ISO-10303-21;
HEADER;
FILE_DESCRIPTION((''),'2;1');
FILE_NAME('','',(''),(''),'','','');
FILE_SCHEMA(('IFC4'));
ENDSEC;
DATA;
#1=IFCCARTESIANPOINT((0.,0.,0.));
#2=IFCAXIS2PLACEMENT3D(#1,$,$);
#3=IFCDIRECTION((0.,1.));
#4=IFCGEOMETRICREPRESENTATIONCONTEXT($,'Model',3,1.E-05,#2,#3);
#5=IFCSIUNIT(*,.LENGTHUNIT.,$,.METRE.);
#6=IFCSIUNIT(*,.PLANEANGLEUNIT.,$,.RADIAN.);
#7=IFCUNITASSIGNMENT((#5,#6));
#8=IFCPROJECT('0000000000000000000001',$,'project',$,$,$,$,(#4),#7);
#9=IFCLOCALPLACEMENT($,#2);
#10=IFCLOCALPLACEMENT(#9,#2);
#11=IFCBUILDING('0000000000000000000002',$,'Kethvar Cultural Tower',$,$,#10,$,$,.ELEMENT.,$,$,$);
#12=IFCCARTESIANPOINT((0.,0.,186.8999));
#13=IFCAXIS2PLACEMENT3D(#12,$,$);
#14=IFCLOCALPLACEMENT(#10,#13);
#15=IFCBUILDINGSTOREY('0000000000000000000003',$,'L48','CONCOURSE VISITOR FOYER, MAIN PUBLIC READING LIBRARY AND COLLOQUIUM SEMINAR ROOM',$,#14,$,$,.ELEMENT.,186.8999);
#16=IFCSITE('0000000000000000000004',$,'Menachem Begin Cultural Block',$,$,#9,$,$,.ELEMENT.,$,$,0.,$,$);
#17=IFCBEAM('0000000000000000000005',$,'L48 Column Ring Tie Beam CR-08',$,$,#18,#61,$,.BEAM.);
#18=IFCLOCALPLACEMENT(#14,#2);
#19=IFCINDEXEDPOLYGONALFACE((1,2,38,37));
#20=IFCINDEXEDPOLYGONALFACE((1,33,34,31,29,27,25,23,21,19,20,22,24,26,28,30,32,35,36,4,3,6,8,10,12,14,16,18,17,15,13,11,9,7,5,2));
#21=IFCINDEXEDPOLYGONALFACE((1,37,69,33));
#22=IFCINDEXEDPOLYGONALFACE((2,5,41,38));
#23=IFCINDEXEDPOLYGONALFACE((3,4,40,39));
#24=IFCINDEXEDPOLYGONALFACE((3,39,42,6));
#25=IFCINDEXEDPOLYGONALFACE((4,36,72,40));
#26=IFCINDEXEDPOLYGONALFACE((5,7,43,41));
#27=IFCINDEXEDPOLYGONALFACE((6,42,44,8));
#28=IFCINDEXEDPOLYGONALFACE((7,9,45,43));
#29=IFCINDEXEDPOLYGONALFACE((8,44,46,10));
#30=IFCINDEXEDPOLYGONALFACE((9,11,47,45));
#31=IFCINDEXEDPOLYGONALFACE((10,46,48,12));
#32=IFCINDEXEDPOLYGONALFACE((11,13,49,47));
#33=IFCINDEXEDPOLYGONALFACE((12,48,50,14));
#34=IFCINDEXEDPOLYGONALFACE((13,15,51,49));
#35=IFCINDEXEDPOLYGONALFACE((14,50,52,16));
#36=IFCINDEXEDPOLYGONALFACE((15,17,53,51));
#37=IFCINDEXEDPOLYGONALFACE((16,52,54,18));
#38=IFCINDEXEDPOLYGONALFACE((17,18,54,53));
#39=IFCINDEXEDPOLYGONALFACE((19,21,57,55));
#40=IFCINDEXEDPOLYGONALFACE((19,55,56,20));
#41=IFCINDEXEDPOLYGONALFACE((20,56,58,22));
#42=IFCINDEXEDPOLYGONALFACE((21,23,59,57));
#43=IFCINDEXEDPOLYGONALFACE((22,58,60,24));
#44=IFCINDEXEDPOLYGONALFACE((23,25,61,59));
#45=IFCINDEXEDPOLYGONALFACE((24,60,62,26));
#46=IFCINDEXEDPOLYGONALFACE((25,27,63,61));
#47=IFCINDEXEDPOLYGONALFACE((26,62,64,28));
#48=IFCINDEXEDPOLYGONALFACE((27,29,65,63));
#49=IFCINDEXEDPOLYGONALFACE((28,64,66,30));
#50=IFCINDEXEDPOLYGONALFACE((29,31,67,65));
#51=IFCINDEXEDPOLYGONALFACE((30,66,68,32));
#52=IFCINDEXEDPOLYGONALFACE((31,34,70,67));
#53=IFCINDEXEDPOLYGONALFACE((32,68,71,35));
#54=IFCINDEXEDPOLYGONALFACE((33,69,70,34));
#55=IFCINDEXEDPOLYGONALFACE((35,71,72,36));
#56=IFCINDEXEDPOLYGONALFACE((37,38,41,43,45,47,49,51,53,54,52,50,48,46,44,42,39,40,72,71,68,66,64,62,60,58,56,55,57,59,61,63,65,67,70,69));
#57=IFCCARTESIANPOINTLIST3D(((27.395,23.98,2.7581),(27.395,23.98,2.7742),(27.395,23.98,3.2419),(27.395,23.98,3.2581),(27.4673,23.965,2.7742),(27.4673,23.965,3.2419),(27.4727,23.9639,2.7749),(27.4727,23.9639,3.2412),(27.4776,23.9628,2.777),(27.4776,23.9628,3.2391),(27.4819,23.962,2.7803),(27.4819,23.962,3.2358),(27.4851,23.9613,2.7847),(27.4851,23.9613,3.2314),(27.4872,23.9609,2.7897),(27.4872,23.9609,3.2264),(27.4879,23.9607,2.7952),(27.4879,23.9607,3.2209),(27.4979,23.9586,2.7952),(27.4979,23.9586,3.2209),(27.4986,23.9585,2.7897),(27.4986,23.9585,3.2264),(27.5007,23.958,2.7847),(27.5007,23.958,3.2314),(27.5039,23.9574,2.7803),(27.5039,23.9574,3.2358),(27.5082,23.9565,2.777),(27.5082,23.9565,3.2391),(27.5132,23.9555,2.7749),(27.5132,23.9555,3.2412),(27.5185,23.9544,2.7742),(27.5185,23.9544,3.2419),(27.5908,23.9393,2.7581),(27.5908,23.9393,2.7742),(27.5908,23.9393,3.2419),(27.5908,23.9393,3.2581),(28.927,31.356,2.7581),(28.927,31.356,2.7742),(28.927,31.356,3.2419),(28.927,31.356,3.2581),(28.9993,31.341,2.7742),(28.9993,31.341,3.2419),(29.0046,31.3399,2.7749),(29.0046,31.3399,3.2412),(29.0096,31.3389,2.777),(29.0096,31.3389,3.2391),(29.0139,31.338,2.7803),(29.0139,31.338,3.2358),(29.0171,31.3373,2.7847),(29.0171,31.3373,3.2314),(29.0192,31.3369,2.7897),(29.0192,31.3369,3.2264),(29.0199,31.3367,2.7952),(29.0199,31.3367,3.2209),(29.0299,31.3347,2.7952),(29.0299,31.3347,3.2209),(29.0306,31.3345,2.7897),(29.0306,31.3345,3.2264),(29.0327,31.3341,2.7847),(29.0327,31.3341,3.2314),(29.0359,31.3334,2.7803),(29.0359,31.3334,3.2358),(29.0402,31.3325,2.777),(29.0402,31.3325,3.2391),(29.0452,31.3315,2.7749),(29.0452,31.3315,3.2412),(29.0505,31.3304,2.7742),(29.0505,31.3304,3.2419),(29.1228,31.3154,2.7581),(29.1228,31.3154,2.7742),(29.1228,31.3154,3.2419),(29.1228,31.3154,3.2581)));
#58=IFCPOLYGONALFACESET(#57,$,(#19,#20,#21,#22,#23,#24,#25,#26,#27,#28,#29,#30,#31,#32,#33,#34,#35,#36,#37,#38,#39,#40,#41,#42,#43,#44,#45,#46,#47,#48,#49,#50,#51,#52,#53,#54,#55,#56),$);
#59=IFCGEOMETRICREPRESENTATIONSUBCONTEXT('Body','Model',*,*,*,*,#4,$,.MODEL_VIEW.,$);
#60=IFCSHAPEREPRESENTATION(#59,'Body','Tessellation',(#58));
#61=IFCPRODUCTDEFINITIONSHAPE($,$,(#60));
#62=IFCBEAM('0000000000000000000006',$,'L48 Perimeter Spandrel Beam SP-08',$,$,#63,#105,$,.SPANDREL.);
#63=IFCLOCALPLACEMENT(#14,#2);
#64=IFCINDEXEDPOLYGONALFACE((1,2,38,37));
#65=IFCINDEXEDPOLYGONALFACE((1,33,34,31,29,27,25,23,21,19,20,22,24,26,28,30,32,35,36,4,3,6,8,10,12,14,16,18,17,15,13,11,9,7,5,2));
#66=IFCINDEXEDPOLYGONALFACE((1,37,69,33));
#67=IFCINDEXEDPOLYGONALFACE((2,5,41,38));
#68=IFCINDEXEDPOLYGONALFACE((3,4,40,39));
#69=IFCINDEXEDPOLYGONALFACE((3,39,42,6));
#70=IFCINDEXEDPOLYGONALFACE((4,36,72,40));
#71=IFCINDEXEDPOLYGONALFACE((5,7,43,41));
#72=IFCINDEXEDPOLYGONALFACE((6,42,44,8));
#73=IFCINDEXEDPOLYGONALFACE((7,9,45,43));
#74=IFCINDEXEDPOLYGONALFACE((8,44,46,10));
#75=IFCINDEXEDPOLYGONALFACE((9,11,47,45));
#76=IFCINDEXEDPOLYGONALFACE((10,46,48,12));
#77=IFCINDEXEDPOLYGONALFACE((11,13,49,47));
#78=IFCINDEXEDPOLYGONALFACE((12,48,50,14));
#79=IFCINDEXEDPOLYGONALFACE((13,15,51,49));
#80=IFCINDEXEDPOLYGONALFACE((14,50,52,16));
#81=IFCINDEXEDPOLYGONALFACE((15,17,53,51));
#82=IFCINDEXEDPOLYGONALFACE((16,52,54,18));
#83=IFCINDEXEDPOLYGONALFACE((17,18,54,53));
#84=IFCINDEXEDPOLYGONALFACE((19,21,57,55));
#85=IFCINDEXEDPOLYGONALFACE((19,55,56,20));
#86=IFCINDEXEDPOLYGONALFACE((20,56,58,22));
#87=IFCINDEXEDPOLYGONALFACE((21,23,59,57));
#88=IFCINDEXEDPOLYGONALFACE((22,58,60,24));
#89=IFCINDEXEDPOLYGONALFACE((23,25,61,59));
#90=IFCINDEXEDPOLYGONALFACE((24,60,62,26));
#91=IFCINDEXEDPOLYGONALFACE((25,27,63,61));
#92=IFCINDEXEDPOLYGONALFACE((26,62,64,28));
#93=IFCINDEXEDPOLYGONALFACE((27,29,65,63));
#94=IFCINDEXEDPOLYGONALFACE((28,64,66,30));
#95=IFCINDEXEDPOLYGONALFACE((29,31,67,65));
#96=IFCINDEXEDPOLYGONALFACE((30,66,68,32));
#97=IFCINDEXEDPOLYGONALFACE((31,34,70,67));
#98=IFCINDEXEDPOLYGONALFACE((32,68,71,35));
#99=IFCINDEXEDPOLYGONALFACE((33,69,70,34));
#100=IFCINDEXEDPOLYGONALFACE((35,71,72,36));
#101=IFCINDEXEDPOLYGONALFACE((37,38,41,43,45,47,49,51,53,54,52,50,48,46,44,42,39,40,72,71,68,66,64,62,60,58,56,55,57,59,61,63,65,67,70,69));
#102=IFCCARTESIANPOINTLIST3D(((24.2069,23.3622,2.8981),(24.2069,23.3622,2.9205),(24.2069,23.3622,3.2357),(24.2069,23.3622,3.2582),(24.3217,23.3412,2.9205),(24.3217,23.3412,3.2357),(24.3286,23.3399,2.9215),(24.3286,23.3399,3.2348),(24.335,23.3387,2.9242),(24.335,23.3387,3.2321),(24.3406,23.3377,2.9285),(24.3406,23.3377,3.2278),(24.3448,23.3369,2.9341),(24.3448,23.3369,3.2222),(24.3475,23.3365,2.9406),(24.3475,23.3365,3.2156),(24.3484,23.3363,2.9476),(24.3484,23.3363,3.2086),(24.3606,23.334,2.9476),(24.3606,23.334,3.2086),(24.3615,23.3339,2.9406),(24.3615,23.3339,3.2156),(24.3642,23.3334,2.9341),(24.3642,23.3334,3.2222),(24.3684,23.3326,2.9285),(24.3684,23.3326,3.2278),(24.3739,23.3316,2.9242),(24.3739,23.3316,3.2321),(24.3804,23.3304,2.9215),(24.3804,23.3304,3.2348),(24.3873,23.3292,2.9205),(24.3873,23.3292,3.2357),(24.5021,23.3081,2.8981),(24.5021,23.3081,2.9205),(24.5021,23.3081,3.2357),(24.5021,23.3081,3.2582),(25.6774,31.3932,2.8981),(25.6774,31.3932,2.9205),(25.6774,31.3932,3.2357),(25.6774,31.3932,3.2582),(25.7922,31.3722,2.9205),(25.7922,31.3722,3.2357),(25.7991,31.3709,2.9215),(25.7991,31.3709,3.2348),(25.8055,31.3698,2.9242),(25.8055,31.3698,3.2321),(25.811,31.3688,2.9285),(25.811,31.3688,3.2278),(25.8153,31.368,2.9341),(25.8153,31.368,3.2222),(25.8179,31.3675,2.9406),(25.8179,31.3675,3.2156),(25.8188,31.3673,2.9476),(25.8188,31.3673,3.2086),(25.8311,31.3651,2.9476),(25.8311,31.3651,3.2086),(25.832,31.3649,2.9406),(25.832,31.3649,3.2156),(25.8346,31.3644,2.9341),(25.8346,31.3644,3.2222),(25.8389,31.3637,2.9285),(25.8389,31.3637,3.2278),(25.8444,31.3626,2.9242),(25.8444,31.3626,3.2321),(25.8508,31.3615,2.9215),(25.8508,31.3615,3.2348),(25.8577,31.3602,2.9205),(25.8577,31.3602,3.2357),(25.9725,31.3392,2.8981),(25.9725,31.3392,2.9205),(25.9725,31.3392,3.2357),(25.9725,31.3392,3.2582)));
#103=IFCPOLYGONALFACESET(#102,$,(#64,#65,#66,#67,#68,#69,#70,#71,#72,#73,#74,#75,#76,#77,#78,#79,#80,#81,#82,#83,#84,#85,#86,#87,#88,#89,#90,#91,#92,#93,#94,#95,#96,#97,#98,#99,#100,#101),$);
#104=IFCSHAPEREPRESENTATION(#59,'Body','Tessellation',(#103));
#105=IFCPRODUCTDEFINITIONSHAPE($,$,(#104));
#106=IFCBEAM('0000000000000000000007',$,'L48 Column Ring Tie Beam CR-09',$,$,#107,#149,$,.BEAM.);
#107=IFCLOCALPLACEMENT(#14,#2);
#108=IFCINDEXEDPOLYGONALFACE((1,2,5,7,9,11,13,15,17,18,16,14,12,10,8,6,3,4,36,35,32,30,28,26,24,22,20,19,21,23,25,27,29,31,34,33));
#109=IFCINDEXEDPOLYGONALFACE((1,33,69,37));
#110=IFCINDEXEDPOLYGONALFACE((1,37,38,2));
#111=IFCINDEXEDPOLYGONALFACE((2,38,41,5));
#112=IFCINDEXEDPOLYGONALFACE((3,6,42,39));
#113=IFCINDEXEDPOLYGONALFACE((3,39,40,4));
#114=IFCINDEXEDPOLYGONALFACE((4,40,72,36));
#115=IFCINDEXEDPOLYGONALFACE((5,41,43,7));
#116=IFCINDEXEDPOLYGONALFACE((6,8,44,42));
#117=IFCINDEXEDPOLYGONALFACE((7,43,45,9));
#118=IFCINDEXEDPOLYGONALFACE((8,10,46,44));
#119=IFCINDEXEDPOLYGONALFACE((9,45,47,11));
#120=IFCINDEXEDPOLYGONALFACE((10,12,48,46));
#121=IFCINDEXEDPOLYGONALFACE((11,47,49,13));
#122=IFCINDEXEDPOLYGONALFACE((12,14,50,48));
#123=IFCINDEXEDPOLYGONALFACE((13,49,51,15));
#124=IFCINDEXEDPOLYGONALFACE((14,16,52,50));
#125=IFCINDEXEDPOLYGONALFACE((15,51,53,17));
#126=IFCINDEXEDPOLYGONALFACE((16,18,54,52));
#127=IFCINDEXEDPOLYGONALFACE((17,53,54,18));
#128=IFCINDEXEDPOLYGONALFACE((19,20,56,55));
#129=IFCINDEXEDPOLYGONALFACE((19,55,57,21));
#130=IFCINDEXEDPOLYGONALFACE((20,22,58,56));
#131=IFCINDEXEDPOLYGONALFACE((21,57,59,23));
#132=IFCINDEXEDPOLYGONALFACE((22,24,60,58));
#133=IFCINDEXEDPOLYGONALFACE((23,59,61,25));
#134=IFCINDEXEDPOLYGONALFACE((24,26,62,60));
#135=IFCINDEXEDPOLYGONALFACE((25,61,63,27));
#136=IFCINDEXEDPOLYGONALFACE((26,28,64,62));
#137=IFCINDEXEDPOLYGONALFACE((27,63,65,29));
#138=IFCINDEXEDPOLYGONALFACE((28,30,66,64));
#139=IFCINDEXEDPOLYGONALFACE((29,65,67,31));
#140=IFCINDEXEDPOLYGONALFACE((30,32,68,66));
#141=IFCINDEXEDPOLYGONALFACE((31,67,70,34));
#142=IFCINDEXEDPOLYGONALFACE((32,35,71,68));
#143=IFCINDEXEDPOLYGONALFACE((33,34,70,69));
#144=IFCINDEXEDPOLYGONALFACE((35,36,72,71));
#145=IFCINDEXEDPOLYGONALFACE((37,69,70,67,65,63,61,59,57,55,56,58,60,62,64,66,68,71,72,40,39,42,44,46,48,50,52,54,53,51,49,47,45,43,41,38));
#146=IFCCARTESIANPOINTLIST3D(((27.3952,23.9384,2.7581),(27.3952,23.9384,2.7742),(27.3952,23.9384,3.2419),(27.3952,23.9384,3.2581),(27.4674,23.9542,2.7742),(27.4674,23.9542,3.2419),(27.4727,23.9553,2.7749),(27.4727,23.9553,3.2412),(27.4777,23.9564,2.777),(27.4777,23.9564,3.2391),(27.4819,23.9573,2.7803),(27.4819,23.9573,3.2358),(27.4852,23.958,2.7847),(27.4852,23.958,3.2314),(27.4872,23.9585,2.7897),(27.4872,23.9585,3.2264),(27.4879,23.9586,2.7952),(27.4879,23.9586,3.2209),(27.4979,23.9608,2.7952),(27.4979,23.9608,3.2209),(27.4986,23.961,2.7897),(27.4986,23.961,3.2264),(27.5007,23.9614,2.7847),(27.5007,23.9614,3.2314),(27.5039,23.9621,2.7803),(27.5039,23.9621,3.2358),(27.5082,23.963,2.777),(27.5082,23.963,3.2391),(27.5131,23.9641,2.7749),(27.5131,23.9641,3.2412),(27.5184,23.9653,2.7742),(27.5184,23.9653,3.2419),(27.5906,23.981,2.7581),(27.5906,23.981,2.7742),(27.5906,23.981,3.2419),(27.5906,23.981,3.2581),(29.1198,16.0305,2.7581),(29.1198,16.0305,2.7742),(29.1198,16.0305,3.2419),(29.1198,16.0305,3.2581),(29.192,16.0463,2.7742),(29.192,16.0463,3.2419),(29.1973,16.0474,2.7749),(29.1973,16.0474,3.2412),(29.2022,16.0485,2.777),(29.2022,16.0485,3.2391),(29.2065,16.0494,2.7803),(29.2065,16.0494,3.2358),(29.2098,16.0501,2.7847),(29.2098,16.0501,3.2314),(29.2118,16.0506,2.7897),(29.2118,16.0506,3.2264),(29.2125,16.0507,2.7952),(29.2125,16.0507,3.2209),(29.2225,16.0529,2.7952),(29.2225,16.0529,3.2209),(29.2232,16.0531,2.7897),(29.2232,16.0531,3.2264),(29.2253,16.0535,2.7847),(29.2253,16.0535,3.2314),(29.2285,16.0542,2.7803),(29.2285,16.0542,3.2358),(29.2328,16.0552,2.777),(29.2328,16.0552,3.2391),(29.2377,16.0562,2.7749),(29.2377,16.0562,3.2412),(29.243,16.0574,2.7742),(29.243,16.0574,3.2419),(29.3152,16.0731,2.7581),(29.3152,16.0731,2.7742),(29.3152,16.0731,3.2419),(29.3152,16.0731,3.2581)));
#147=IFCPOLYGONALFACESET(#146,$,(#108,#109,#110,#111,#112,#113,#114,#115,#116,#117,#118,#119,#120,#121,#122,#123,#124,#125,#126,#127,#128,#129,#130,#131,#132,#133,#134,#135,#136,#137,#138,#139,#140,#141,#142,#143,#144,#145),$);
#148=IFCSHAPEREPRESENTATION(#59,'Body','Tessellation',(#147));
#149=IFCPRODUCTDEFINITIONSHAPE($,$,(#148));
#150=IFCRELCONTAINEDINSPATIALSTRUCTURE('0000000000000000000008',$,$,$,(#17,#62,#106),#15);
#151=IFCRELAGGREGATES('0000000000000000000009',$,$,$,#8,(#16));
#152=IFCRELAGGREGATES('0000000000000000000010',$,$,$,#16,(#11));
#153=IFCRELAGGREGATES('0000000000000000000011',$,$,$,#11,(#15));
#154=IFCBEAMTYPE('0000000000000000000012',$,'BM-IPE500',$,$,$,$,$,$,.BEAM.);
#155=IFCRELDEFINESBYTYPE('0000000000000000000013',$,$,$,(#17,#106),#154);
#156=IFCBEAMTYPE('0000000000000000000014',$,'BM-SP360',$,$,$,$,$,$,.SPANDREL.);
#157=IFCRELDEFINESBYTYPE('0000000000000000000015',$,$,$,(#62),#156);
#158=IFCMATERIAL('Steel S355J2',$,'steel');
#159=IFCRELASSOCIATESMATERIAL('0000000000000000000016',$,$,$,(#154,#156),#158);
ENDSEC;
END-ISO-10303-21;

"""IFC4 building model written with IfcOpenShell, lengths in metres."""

from ifc_helpers import new_model, si_unit, direction, frame, origin, origin_2d, place, context, subcontext, project, spatial, i_section, extrude, source, transform, mapped, material, material_profile, profile_set, type_object, element, save


model = new_model("IFC4")

# Units and contexts
model_context = context("Model", 3, precision=1e-05, world=origin(), true_north=direction((0.0, 1.0)))
body_context = subcontext(model_context, "Body", "Model", "MODEL_VIEW")
ifc_project = project(units=[si_unit("LENGTHUNIT", "METRE"), si_unit("PLANEANGLEUNIT", "RADIAN")], contexts=[model_context])

# Site, building, storey
site_placement = place(None, origin())
site = spatial("IfcSite", under=ifc_project, at=site_placement, Name="Menachem Begin Cultural Block", CompositionType="ELEMENT", RefElevation=0.0)
building_placement = place(site_placement, origin())
building = spatial("IfcBuilding", under=site, at=building_placement, Name="Kethvar Cultural Tower", CompositionType="ELEMENT")
storey_placement = place(building_placement, frame((0.0, 0.0, 186.8999)))
storey = spatial("IfcBuildingStorey", under=building, at=storey_placement, Name="L48", Description="CONCOURSE VISITOR FOYER, MAIN PUBLIC READING LIBRARY AND COLLOQUIUM SEMINAR ROOM", CompositionType="ELEMENT", Elevation=186.8999)

# Beams
ifc_material_1 = material(Name="Steel S355J2", Category="steel")
ifc_material_profile_1 = material_profile(ifc_material_1, i_section(OverallWidth=0.2, OverallDepth=0.5, WebThickness=0.0103, FlangeThickness=0.0161, FilletRadius=0.021, at=origin_2d()), Name="Steel S355J2 — IPE500")
ifc_profile_set_1 = profile_set([ifc_material_profile_1], Name="Steel S355J2 — IPE500")
beam_type_1 = type_object("IfcBeamType", Name="BM-IPE500", PredefinedType="BEAM", material=ifc_profile_set_1)
shared_shape_1 = source(origin(), body_context, "Body", "SweptSolid", [
    extrude(i_section(OverallWidth=0.2, OverallDepth=0.5, WebThickness=0.0103, FlangeThickness=0.0161, FilletRadius=0.021, at=origin_2d()), origin(), (0.0, 0.0, 1.0), 7.5334),
])
beam_1_placement = place(storey_placement, frame((29.0249, 31.3357, 3.0081), z_axis=(-0.203359, -0.979104, 0.0), x_axis=(0.979104, -0.203359, 0.0)))
element("IfcBeam", 1, at=beam_1_placement, inside=storey, type_object=beam_type_1, Name="L48 Column Ring Tie Beam CR-08", PredefinedType="BEAM", context=body_context, shape_type="MappedRepresentation", body=[
    mapped(shared_shape_1, transform((0.0, 0.0, 0.0), scale=1.0)),
])
ifc_material_profile_2 = material_profile(ifc_material_1, i_section(OverallWidth=0.3, OverallDepth=0.3601, WebThickness=0.0125, FlangeThickness=0.0225, FilletRadius=0.0271, at=origin_2d()), Name="Steel S355J2 — HEB360")
ifc_profile_set_2 = profile_set([ifc_material_profile_2], Name="Steel S355J2 — HEB360")
beam_type_2 = type_object("IfcBeamType", Name="BM-SP360", PredefinedType="SPANDREL", material=ifc_profile_set_2)
shared_shape_2 = source(origin(), body_context, "Body", "SweptSolid", [
    extrude(i_section(OverallWidth=0.3, OverallDepth=0.3601, WebThickness=0.0125, FlangeThickness=0.0225, FilletRadius=0.0271, at=origin_2d()), origin(), (0.0, 0.0, 1.0), 8.1646),
])
beam_2_placement = place(storey_placement, frame((25.825, 31.3662, 3.0781), z_axis=(-0.180104, -0.983648, 0.0), x_axis=(0.983648, -0.180104, 0.0)))
element("IfcBeam", 2, at=beam_2_placement, inside=storey, type_object=beam_type_2, Name="L48 Perimeter Spandrel Beam SP-08", PredefinedType="SPANDREL", context=body_context, shape_type="MappedRepresentation", body=[
    mapped(shared_shape_2, transform((0.0, 0.0, 0.0), scale=1.0)),
])
shared_shape_3 = source(origin(), body_context, "Body", "SweptSolid", [
    extrude(i_section(OverallWidth=0.2, OverallDepth=0.5, WebThickness=0.0103, FlangeThickness=0.0161, FilletRadius=0.021, at=origin_2d()), origin(), (0.0, 0.0, 1.0), 8.0938),
])
beam_3_placement = place(storey_placement, frame((27.4929, 23.9597, 3.0081), z_axis=(0.213077, -0.977035, 0.0), x_axis=(0.977035, 0.213077, 0.0)))
element("IfcBeam", 3, at=beam_3_placement, inside=storey, type_object=beam_type_1, Name="L48 Column Ring Tie Beam CR-09", PredefinedType="BEAM", context=body_context, shape_type="MappedRepresentation", body=[
    mapped(shared_shape_3, transform((0.0, 0.0, 0.0), scale=1.0)),
])

save(model, "model.ifc")
